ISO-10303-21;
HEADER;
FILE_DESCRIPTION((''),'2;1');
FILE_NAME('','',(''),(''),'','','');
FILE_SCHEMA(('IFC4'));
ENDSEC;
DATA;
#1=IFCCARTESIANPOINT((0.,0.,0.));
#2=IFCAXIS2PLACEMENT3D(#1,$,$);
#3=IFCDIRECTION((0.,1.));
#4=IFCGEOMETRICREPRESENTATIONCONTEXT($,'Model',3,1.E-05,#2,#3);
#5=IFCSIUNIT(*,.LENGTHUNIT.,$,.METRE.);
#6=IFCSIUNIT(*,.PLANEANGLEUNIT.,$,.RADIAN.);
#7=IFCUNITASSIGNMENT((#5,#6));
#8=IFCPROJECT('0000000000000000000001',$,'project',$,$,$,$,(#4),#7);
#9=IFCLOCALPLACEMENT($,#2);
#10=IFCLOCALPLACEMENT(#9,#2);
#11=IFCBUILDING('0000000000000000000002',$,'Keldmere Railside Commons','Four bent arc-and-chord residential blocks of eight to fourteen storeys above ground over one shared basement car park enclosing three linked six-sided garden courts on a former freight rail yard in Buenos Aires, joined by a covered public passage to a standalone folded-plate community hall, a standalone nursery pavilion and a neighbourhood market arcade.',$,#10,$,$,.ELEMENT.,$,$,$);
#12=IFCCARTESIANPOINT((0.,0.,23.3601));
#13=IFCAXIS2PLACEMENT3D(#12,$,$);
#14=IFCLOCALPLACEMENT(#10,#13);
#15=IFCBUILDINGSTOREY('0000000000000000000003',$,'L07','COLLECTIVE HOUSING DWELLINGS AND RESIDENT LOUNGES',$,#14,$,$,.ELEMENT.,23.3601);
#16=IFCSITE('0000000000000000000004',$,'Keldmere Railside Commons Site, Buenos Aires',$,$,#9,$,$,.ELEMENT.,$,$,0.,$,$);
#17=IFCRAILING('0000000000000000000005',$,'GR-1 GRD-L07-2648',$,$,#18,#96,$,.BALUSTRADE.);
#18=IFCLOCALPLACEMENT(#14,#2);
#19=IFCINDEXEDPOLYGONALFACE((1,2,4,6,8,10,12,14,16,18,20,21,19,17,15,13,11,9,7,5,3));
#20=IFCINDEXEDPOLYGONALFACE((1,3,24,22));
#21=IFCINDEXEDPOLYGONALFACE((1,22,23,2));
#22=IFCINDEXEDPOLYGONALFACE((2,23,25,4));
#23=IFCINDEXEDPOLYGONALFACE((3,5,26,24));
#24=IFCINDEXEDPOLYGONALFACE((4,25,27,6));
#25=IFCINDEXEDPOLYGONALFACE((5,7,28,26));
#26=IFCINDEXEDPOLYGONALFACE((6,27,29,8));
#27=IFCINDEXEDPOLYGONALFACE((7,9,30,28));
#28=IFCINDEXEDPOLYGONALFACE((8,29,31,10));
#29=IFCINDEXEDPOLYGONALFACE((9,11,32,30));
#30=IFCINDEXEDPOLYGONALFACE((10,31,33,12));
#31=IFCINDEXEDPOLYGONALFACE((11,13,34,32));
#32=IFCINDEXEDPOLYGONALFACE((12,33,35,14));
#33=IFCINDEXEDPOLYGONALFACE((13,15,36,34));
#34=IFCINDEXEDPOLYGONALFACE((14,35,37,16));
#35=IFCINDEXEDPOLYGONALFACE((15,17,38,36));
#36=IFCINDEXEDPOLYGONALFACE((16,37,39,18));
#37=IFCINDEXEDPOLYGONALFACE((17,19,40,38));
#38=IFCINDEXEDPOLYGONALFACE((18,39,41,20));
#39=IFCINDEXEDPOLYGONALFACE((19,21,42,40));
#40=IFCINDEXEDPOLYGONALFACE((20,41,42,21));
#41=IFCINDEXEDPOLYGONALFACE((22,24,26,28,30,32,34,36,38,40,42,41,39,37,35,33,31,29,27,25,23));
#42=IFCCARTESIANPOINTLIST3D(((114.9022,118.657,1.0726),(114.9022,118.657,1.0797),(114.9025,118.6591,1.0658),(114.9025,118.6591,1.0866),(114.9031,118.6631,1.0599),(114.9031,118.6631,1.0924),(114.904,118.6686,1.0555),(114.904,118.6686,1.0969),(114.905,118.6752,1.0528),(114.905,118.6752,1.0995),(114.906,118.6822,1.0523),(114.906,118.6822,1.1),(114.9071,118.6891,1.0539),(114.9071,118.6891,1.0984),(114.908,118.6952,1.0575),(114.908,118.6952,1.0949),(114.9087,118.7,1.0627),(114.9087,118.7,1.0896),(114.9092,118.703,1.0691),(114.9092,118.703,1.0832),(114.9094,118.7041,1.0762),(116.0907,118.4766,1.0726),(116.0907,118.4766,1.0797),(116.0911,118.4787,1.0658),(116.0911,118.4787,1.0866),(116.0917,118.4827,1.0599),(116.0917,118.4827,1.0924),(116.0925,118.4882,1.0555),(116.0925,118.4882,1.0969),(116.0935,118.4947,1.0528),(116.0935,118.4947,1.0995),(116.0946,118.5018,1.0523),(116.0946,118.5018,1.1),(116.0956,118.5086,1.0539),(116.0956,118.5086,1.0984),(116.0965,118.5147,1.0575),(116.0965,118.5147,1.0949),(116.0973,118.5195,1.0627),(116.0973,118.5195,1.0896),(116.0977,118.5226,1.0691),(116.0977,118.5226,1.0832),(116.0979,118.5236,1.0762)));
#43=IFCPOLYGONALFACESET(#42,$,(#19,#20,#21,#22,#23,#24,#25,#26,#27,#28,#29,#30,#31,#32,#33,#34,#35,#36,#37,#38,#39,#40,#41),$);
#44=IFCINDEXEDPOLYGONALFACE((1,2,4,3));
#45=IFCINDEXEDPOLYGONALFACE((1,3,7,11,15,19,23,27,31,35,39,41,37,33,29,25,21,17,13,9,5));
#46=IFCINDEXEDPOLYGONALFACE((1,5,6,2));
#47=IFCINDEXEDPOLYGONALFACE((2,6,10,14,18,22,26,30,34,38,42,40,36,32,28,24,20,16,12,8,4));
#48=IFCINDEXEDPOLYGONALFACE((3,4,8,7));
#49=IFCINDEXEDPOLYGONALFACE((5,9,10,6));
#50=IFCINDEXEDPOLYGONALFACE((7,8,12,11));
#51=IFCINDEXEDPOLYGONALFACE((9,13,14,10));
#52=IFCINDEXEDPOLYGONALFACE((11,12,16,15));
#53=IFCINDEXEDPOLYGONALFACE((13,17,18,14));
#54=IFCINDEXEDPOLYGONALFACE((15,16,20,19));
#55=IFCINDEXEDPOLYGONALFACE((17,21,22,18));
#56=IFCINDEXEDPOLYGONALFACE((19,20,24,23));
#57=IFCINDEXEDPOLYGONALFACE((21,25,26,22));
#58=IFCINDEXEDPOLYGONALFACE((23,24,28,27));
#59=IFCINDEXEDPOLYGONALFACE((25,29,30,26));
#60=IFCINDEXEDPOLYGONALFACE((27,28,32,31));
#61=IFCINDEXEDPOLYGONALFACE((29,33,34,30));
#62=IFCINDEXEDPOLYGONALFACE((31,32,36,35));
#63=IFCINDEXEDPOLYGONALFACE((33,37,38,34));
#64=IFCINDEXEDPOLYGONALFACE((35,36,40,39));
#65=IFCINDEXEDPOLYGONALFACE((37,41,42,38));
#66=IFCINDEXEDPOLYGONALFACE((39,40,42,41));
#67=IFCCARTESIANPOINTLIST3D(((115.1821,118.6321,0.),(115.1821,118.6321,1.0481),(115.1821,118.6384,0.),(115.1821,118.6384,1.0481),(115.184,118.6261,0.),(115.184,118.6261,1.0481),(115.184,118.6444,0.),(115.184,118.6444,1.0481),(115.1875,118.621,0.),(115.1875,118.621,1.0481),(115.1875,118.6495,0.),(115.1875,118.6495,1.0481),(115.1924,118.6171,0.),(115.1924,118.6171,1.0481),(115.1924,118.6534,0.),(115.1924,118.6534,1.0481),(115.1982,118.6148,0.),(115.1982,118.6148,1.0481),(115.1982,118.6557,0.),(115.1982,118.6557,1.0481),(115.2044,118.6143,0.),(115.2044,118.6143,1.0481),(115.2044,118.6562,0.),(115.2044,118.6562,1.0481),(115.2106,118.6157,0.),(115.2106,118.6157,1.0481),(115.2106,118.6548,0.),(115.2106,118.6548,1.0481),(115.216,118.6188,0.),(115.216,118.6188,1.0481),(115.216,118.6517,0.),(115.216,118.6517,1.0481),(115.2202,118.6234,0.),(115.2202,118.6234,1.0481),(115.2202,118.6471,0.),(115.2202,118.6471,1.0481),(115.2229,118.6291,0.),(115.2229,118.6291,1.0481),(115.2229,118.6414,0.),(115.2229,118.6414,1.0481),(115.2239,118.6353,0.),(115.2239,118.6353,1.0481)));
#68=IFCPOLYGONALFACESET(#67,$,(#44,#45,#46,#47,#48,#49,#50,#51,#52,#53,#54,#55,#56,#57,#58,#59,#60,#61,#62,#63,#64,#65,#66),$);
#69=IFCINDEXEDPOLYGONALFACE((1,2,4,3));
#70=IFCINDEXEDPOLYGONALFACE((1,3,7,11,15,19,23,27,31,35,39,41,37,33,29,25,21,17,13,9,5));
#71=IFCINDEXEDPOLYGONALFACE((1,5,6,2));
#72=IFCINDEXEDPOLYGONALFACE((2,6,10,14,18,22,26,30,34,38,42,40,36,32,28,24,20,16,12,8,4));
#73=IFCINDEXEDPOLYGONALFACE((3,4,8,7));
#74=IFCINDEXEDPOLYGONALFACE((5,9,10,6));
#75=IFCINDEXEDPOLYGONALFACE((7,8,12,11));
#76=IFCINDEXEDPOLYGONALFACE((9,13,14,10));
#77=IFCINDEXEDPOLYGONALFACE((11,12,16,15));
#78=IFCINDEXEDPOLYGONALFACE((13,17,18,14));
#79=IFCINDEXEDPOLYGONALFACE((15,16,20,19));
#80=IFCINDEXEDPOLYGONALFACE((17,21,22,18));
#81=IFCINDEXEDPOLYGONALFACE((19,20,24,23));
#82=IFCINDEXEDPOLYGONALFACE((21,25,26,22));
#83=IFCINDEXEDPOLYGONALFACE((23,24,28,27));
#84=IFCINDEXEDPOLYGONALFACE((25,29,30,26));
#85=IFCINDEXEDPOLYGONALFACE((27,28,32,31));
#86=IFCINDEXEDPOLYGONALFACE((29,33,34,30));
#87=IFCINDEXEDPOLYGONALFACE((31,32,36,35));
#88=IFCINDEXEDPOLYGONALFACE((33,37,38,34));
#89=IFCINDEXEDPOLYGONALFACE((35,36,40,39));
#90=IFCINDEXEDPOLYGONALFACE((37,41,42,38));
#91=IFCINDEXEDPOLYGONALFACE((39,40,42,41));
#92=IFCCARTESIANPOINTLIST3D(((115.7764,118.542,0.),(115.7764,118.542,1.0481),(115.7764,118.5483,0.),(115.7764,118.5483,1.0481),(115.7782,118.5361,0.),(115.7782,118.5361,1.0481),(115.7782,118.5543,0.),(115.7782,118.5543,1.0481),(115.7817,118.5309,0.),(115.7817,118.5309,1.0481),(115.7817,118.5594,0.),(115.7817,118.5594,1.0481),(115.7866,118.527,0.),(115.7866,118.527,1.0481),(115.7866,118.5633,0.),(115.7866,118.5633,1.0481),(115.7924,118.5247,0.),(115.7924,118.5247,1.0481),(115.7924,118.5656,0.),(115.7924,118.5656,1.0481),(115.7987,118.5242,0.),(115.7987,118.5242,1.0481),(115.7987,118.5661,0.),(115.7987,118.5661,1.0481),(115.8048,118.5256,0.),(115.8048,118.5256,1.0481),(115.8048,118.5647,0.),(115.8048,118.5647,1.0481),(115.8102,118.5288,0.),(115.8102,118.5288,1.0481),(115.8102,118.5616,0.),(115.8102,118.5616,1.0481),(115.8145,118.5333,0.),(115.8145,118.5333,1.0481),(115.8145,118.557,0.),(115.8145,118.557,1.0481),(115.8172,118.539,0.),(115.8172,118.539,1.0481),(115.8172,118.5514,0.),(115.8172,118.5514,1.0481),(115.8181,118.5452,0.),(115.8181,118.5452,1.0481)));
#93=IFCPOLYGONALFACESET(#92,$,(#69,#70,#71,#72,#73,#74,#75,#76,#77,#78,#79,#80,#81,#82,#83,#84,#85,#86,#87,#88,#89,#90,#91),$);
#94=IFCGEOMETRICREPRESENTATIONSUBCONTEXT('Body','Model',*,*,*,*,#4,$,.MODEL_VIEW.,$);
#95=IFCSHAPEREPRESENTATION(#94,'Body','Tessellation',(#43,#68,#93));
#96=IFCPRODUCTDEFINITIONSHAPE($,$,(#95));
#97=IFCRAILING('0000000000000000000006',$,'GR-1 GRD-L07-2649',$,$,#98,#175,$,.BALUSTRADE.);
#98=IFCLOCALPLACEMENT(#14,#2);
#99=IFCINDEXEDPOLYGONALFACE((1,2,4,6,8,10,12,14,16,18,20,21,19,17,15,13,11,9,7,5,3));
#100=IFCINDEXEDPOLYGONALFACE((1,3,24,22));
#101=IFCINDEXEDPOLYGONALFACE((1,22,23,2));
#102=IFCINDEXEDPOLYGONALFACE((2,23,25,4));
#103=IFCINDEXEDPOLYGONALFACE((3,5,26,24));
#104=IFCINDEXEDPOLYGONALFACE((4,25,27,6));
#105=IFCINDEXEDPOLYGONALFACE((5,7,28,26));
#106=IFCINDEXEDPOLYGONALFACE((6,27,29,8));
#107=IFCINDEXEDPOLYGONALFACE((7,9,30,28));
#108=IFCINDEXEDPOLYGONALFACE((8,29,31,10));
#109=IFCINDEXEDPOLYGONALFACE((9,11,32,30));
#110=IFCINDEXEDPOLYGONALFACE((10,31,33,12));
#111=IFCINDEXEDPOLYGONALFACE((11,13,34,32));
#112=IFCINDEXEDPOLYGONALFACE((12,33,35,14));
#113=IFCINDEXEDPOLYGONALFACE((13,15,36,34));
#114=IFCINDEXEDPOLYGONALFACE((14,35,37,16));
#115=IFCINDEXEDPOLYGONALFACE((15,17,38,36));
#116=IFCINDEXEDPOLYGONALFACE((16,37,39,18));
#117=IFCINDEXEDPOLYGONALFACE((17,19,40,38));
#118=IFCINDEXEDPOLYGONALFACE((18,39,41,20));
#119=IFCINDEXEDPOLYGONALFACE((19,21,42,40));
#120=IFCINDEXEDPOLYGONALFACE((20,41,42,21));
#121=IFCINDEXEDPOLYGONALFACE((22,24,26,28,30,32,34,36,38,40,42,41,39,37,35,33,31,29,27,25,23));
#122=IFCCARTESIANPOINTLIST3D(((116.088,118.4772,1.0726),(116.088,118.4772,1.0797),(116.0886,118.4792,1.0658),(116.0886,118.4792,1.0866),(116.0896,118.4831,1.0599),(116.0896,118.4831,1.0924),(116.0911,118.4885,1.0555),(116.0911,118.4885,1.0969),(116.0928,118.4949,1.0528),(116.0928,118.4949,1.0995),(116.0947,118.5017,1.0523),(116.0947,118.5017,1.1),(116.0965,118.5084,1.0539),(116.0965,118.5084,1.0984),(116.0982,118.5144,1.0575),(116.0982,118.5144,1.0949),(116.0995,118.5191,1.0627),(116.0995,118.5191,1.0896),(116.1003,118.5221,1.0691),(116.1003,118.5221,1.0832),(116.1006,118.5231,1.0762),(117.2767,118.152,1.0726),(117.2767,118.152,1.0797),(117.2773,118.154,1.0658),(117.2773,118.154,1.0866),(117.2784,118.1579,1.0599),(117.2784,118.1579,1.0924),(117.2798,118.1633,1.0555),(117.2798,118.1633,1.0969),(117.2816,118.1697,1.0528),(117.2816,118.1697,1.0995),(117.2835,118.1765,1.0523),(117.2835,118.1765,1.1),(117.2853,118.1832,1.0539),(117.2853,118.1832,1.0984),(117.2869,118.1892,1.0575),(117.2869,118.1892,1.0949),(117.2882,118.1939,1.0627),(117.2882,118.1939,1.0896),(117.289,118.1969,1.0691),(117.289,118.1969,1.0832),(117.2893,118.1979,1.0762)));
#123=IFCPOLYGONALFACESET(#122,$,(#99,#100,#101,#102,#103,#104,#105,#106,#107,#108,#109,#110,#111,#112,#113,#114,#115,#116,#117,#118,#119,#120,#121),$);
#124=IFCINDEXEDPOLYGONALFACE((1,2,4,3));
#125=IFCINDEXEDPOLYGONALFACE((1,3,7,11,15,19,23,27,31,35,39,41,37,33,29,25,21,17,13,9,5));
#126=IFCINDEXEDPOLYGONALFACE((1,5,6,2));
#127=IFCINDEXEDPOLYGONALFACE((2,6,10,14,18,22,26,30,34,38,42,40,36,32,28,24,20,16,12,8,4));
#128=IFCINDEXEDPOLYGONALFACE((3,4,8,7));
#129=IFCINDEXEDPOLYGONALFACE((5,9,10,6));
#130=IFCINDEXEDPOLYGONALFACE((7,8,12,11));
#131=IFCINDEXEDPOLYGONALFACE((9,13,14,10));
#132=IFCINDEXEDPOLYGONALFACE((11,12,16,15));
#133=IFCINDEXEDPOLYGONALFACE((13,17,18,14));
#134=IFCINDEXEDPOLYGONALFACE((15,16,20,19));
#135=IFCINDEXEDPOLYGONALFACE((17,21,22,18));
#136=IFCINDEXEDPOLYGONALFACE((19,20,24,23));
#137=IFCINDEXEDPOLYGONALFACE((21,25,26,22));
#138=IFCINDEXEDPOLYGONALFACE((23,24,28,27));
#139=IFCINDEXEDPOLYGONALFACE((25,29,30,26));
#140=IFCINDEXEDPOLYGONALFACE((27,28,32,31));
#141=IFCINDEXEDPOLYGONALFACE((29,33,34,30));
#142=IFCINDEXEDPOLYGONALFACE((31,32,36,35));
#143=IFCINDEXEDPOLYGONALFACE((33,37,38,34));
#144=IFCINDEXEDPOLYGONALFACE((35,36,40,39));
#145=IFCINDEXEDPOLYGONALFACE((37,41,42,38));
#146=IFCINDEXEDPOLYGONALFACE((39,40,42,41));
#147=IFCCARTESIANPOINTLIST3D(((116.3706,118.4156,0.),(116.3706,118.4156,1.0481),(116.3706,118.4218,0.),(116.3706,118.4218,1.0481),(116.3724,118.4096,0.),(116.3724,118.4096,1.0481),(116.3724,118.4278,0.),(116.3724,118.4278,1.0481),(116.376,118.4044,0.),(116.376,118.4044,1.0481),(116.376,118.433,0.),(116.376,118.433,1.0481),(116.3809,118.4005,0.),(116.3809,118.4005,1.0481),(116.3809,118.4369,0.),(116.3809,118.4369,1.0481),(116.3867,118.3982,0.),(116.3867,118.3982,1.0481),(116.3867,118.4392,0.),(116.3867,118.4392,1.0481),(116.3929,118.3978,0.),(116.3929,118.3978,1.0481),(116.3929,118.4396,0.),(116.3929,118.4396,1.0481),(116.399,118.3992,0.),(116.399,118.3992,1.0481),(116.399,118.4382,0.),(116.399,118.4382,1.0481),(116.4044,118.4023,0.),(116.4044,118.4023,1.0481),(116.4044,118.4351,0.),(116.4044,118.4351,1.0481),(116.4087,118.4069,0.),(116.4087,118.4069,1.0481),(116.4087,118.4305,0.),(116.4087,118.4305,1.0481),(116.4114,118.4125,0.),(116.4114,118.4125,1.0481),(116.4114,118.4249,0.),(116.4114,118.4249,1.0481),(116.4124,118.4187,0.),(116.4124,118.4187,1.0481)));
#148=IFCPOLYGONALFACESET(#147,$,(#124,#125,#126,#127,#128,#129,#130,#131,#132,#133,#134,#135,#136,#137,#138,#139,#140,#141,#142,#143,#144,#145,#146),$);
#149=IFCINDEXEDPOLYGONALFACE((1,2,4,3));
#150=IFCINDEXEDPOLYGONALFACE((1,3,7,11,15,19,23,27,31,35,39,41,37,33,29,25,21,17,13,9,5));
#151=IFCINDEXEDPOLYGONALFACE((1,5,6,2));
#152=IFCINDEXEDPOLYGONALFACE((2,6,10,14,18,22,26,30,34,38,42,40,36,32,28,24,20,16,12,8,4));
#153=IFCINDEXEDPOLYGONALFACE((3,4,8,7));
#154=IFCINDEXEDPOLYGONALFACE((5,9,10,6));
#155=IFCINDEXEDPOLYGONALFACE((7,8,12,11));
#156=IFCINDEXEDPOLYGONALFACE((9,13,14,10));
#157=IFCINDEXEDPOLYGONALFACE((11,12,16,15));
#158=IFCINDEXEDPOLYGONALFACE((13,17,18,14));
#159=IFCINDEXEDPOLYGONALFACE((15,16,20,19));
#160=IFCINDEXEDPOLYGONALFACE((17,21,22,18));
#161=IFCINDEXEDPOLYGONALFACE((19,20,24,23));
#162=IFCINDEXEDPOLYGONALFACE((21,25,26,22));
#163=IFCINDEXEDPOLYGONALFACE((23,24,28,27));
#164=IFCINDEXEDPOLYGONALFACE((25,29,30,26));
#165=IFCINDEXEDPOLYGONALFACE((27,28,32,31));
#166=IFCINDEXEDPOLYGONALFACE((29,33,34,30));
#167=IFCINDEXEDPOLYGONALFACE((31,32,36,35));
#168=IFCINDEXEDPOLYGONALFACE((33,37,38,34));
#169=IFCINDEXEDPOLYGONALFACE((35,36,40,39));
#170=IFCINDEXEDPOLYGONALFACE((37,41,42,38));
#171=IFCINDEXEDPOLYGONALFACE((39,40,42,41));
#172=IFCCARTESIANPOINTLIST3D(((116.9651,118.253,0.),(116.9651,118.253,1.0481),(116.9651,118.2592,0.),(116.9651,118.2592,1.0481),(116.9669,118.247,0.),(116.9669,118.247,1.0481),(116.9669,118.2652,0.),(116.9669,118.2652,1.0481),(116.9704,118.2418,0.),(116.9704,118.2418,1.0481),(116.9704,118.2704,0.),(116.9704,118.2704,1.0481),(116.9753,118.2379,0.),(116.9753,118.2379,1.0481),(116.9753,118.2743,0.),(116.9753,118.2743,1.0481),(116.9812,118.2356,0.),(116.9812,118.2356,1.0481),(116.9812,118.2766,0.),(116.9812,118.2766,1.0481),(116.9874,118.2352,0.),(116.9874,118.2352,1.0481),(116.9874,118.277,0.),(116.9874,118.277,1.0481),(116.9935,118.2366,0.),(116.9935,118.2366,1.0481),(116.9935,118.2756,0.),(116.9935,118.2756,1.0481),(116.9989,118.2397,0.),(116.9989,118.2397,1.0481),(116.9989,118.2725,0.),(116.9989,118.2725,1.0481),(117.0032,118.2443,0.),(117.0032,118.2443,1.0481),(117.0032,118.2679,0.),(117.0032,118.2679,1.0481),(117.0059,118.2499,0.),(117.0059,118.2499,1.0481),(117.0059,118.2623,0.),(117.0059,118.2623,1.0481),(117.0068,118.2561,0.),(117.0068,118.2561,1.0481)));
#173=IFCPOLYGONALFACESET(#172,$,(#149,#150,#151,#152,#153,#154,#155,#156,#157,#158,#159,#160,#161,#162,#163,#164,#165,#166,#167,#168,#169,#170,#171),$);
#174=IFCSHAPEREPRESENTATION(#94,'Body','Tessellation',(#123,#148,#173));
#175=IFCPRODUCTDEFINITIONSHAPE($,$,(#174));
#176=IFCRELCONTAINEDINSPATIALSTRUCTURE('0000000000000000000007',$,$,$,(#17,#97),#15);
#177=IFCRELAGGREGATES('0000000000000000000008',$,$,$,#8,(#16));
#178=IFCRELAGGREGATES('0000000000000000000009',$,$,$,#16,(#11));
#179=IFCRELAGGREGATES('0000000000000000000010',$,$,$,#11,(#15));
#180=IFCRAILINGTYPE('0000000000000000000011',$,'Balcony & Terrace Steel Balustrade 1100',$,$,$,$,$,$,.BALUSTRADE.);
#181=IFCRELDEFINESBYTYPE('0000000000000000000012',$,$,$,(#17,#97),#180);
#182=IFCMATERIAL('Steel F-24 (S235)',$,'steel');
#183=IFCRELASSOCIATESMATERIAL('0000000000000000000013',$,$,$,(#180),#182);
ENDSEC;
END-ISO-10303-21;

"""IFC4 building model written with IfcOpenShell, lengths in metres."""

from ifc_helpers import new_model, si_unit, direction, frame, origin, origin_2d, place, context, subcontext, project, spatial, circle, extrude, material, type_object, element, save


model = new_model("IFC4")

# Units and contexts
model_context = context("Model", 3, precision=1e-05, world=origin(), true_north=direction((0.0, 1.0)))
body_context = subcontext(model_context, "Body", "Model", "MODEL_VIEW")
ifc_project = project(units=[si_unit("LENGTHUNIT", "METRE"), si_unit("PLANEANGLEUNIT", "RADIAN")], contexts=[model_context])

# Site, building, storey
site_placement = place(None, origin())
site = spatial("IfcSite", under=ifc_project, at=site_placement, Name="Keldmere Railside Commons Site, Buenos Aires", CompositionType="ELEMENT", RefElevation=0.0)
building_placement = place(site_placement, origin())
building = spatial("IfcBuilding", under=site, at=building_placement, Name="Keldmere Railside Commons", Description="Four bent arc-and-chord residential blocks of eight to fourteen storeys above ground over one shared basement car park enclosing three linked six-sided garden courts on a former freight rail yard in Buenos Aires, joined by a covered public passage to a standalone folded-plate community hall, a standalone nursery pavilion and a neighbourhood market arcade.", CompositionType="ELEMENT")
storey_placement = place(building_placement, frame((0.0, 0.0, 23.3601)))
storey = spatial("IfcBuildingStorey", under=building, at=storey_placement, Name="L07", Description="COLLECTIVE HOUSING DWELLINGS AND RESIDENT LOUNGES", CompositionType="ELEMENT", Elevation=23.3601)

# Shared definitions
ifc_material_1 = material(Name="Steel F-24 (S235)", Category="steel")

# Railings
railing_type = type_object("IfcRailingType", Name="Balcony & Terrace Steel Balustrade 1100", PredefinedType="BALUSTRADE", material=ifc_material_1)
railing_1_placement = place(storey_placement, frame((114.9058, 118.6804, 0.0)))
element("IfcRailing", 1, at=railing_1_placement, inside=storey, type_object=railing_type, Name="GR-1 GRD-L07-2648", PredefinedType="BALUSTRADE", context=body_context, shape_type="SweptSolid", body=[
    extrude(circle(Radius=0.0239, at=origin_2d()), frame((0.0, 0.0, 1.0762), z_axis=(0.988673, -0.150088, 0.0), x_axis=(0.150088, 0.988673, 0.0)), (0.0, 0.0, 1.0), 1.2021),
    extrude(circle(Radius=0.021, at=origin_2d()), frame((0.2971, -0.0452, 0.0)), (0.0, 0.0, 1.0), 1.0481),
    extrude(circle(Radius=0.021, at=origin_2d()), frame((0.8914, -0.1353, 0.0)), (0.0, 0.0, 1.0), 1.0481),
])
railing_2_placement = place(storey_placement, frame((116.0942, 118.5, 0.0)))
element("IfcRailing", 2, at=railing_2_placement, inside=storey, type_object=railing_type, Name="GR-1 GRD-L07-2649", PredefinedType="BALUSTRADE", context=body_context, shape_type="SweptSolid", body=[
    extrude(circle(Radius=0.0239, at=origin_2d()), frame((0.0, 0.0, 1.0762), z_axis=(0.964558, -0.263872, 0.0), x_axis=(0.263872, 0.964558, 0.0)), (0.0, 0.0, 1.0), 1.2324),
    extrude(circle(Radius=0.021, at=origin_2d()), frame((0.2971, -0.0813, 0.0)), (0.0, 0.0, 1.0), 1.0481),
    extrude(circle(Radius=0.021, at=origin_2d()), frame((0.8916, -0.2439, 0.0)), (0.0, 0.0, 1.0), 1.0481),
])

save(model, "model.ifc")
